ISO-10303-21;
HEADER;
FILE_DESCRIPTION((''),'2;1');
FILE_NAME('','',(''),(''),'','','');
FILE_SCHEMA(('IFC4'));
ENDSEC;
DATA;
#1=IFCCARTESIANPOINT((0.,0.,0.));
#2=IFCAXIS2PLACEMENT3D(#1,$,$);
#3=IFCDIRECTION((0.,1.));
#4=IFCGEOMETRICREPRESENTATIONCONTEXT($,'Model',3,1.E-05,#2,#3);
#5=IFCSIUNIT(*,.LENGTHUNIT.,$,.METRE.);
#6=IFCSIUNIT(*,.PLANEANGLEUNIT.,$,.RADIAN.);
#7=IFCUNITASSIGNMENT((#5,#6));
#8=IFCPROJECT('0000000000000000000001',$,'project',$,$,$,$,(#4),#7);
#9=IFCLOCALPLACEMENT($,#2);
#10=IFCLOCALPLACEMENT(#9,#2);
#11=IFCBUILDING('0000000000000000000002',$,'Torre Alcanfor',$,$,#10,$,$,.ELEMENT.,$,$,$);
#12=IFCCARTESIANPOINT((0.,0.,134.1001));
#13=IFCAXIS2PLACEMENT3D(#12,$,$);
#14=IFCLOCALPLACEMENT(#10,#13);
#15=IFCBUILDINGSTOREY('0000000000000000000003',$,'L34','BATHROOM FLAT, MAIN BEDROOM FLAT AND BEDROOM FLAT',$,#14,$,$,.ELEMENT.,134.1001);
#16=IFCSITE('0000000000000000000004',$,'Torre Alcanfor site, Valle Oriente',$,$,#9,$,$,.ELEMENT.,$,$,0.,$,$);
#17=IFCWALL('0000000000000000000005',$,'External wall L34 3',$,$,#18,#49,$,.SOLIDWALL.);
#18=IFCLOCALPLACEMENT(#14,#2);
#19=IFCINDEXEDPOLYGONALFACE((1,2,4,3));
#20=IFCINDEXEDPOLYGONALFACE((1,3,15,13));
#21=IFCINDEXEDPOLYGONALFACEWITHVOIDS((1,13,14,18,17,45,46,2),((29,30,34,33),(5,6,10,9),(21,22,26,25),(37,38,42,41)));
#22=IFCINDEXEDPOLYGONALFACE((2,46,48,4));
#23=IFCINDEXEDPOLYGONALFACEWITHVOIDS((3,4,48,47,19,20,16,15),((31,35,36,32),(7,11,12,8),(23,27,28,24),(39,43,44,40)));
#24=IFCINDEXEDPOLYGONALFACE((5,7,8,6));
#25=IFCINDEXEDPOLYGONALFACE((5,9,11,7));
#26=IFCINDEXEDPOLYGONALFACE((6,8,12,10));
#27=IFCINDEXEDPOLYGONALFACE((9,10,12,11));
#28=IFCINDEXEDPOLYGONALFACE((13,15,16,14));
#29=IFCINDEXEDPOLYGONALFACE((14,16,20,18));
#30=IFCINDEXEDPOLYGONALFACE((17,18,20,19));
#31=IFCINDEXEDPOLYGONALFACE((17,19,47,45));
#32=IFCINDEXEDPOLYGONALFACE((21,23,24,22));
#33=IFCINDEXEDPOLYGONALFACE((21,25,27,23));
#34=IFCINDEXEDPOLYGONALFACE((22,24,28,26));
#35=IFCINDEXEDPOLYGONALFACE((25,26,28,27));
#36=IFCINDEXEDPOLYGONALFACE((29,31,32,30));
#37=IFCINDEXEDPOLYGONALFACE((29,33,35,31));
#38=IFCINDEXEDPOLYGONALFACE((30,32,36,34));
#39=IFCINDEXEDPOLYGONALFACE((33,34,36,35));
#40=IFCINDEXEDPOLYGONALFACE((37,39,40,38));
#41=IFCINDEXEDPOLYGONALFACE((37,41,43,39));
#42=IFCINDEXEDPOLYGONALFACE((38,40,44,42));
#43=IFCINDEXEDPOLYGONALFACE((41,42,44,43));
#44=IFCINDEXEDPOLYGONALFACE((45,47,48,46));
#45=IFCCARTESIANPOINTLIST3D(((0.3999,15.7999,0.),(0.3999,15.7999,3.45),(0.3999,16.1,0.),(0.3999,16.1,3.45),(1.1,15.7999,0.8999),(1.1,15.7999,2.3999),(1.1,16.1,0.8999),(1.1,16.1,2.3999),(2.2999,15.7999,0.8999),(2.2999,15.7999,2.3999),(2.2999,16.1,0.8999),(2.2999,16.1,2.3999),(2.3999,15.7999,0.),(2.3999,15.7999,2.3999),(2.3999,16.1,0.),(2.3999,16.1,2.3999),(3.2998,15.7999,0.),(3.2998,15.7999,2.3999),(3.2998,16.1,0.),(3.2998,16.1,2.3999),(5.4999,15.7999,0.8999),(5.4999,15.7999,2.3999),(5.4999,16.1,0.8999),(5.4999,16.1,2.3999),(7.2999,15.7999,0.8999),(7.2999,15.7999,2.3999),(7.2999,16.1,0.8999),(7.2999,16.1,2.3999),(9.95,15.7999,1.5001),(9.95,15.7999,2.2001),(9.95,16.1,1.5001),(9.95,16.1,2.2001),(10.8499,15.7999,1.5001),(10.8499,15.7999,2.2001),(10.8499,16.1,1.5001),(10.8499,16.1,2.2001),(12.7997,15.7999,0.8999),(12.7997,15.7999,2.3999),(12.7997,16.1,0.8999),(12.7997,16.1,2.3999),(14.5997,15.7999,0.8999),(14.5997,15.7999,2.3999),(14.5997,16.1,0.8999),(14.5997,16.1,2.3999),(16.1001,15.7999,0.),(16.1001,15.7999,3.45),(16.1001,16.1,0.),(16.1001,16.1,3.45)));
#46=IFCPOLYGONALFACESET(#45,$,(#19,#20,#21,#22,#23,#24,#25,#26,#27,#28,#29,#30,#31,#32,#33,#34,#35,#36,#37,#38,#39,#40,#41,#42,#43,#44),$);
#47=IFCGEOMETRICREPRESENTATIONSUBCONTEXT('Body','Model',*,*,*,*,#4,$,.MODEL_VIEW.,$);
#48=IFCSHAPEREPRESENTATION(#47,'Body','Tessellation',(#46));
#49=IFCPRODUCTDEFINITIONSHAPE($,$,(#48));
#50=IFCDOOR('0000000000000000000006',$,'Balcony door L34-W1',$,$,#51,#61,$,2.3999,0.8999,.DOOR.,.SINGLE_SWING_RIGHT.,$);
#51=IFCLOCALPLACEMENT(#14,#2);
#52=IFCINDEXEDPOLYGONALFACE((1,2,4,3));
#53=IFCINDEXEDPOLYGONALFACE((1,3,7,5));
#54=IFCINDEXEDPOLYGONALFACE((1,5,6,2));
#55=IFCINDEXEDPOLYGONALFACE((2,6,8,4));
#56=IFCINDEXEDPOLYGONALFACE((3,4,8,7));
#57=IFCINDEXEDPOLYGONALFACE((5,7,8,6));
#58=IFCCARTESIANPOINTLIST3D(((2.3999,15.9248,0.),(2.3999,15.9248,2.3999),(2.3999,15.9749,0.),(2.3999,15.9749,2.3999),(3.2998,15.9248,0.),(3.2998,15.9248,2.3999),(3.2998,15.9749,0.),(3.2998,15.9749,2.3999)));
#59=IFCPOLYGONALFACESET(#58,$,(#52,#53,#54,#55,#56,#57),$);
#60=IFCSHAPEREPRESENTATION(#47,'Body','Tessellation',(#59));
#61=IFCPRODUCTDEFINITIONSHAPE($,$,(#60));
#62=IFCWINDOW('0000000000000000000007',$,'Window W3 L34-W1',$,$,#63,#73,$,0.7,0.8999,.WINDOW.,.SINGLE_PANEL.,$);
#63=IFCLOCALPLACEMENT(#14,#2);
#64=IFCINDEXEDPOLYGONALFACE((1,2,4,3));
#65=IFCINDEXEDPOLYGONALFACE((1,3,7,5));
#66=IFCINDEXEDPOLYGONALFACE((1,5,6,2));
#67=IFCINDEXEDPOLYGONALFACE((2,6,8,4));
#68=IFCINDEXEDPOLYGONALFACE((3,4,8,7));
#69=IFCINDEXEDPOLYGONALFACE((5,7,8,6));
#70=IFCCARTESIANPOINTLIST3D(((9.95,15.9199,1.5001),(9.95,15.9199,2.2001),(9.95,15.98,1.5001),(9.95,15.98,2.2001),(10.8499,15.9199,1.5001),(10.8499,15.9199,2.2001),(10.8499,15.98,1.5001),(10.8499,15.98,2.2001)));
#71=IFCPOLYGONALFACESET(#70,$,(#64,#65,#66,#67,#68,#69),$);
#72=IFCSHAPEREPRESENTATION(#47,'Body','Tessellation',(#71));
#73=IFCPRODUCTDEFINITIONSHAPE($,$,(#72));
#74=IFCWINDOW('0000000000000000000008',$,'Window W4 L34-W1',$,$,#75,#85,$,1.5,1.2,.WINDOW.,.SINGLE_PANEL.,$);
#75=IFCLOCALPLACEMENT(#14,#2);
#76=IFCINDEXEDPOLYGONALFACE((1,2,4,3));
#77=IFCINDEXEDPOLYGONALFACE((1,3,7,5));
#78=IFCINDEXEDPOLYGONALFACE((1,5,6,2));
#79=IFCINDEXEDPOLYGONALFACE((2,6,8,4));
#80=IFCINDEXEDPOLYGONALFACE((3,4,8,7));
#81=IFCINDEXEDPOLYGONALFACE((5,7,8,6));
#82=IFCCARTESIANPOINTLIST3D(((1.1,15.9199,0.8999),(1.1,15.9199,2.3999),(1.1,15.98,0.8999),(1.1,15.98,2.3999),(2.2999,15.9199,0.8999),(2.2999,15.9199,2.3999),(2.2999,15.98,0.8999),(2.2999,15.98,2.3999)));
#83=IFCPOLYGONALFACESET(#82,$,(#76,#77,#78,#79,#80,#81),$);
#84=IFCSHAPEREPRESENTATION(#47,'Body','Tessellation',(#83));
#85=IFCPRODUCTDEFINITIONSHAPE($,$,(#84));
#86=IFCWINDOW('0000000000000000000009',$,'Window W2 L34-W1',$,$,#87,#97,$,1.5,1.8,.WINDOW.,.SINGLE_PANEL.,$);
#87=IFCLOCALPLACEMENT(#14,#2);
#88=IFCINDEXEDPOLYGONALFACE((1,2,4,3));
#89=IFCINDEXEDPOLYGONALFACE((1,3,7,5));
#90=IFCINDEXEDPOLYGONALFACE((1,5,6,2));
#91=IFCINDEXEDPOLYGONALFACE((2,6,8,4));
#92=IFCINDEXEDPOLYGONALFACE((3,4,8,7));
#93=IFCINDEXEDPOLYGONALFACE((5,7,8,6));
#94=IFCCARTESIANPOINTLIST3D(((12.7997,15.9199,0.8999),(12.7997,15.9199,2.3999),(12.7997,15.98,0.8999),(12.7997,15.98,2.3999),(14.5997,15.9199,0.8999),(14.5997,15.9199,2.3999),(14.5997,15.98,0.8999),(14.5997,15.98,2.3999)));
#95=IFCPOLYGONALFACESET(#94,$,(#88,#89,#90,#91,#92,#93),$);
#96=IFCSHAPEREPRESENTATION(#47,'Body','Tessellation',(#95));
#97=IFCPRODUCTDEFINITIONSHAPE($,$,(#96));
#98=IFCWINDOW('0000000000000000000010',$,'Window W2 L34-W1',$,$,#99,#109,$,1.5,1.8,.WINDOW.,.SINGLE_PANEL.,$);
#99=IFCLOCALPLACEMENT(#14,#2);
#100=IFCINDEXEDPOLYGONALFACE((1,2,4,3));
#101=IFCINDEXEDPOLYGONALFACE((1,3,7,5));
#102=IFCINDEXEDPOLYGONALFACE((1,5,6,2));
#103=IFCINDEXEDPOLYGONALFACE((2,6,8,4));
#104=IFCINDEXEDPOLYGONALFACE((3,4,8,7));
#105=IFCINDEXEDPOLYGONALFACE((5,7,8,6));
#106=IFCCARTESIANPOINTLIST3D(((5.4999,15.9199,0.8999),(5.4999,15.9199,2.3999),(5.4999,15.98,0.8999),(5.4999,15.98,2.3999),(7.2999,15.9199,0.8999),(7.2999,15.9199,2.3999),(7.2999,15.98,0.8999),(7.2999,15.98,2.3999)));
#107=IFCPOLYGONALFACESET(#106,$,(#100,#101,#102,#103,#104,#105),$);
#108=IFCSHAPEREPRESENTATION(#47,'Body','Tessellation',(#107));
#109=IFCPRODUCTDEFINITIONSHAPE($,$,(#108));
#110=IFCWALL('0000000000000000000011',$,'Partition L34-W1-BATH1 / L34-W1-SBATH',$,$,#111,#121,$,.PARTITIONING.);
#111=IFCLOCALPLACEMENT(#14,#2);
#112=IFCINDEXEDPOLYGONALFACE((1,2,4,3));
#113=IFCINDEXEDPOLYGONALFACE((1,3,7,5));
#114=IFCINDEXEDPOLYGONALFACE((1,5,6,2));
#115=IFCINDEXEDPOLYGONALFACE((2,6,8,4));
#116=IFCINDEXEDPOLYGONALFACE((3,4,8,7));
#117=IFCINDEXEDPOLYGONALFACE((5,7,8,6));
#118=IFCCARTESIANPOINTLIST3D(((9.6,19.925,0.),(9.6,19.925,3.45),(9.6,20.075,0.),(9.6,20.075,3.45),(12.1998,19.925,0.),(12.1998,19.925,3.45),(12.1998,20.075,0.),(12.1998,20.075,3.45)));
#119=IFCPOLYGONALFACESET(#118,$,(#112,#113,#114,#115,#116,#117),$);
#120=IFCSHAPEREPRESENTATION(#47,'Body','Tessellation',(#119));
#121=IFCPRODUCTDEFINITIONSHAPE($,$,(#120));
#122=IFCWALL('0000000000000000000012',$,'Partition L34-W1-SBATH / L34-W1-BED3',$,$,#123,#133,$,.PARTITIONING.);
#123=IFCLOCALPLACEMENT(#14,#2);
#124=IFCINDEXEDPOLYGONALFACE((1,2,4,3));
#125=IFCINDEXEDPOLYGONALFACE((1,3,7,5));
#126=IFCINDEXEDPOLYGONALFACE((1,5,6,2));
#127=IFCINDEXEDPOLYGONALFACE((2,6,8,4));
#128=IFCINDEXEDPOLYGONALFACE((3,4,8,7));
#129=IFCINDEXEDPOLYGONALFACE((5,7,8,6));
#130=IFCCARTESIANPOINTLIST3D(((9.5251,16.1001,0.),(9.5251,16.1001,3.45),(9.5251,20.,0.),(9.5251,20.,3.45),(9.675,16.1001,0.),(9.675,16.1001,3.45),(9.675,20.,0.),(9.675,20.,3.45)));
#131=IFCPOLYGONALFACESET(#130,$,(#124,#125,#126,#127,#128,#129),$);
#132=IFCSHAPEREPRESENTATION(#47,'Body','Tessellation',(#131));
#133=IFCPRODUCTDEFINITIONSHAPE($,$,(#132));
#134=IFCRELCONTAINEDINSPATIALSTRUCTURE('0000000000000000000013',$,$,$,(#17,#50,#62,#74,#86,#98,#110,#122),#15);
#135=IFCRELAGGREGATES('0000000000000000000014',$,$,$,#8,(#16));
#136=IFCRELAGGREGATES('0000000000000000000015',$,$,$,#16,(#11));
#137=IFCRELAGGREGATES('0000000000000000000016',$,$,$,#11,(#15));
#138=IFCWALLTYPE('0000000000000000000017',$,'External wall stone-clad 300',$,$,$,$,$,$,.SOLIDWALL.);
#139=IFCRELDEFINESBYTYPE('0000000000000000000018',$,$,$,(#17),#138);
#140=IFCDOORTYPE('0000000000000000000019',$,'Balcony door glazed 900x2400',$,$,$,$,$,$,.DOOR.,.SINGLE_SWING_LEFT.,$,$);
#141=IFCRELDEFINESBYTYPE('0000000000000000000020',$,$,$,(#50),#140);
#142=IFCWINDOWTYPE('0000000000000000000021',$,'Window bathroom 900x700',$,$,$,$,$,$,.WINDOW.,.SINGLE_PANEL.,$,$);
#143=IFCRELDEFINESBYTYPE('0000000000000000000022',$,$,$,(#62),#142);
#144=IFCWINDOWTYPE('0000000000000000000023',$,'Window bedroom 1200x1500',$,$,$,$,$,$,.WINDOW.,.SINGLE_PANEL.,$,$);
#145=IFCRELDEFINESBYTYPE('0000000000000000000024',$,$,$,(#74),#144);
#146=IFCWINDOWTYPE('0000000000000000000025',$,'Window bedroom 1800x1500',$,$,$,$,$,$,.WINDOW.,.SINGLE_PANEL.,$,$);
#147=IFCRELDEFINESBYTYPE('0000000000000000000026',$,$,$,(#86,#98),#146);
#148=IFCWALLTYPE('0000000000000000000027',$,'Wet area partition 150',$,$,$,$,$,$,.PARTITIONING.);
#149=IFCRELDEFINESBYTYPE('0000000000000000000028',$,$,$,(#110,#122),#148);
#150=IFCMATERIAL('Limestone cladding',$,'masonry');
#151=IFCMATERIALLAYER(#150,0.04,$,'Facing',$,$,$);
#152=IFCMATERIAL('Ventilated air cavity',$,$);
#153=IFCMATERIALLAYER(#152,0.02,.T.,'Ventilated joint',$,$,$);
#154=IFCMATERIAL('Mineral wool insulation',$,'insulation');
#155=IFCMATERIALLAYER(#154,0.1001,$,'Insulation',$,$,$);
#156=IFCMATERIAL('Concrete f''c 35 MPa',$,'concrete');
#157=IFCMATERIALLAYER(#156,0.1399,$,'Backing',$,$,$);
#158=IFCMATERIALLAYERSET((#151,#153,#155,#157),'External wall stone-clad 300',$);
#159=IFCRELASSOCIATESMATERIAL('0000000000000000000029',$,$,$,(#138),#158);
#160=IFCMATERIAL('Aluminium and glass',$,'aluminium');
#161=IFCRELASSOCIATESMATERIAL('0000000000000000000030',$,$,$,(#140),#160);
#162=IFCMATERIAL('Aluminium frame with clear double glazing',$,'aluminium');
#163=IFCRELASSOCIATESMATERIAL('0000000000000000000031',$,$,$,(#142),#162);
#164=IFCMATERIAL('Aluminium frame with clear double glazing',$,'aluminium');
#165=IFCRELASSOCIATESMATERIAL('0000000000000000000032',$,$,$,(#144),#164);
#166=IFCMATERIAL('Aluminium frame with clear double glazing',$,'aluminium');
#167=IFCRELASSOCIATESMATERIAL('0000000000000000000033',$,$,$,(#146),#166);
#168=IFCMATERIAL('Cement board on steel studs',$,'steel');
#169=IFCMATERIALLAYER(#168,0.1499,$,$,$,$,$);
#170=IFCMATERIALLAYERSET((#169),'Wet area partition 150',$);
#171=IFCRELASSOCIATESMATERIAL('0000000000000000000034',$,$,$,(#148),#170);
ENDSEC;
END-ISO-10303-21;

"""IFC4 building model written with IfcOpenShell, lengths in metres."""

from ifc_helpers import new_model, si_unit, direction, frame, frame_2d, origin, place, context, subcontext, project, spatial, rectangle, extrude, material, layer, layer_set, type_object, element, fill, save


model = new_model("IFC4")

# Units and contexts
model_context = context("Model", 3, precision=1e-05, world=origin(), true_north=direction((0.0, 1.0)))
body_context = subcontext(model_context, "Body", "Model", "MODEL_VIEW")
ifc_project = project(units=[si_unit("LENGTHUNIT", "METRE"), si_unit("PLANEANGLEUNIT", "RADIAN")], contexts=[model_context])

# Site, building, storey
site_placement = place(None, origin())
site = spatial("IfcSite", under=ifc_project, at=site_placement, Name="Torre Alcanfor site, Valle Oriente", CompositionType="ELEMENT", RefElevation=0.0)
building_placement = place(site_placement, origin())
building = spatial("IfcBuilding", under=site, at=building_placement, Name="Torre Alcanfor", CompositionType="ELEMENT")
storey_placement = place(building_placement, frame((0.0, 0.0, 134.1001)))
storey = spatial("IfcBuildingStorey", under=building, at=storey_placement, Name="L34", Description="BATHROOM FLAT, MAIN BEDROOM FLAT AND BEDROOM FLAT", CompositionType="ELEMENT", Elevation=134.1001)

# Wall, openings, door, windows
ifc_material_1 = material(Name="Limestone cladding", Category="masonry")
ifc_layer_1 = layer(ifc_material_1, 0.04, Name="Facing")
ifc_material_2 = material(Name="Ventilated air cavity")
ifc_layer_2 = layer(ifc_material_2, 0.02, ventilated=True, Name="Ventilated joint")
ifc_material_3 = material(Name="Mineral wool insulation", Category="insulation")
ifc_layer_3 = layer(ifc_material_3, 0.1001, Name="Insulation")
ifc_material_4 = material(Name="Concrete f'c 35 MPa", Category="concrete")
ifc_layer_4 = layer(ifc_material_4, 0.1399, Name="Backing")
ifc_layer_set_1 = layer_set([ifc_layer_1, ifc_layer_2, ifc_layer_3, ifc_layer_4], Name="External wall stone-clad 300")
wall_type_1 = type_object("IfcWallType", Name="External wall stone-clad 300", PredefinedType="SOLIDWALL", material=ifc_layer_set_1)
wall_1_placement = place(storey_placement, frame((0.3999, 15.95, 0.0), z_axis=(0.0, 0.0, 1.0), x_axis=(1.0, 0.0, 0.0)))
wall_1 = element("IfcWall", 1, at=wall_1_placement, inside=storey, type_object=wall_type_1, Name="External wall L34 3", PredefinedType="SOLIDWALL", context=body_context, shape_type="SweptSolid", body=[
    extrude(rectangle(XDim=15.7002, YDim=0.3, at=frame_2d((7.8501, 0.0))), origin(), (0.0, 0.0, 1.0), 3.45),
])
opening_1_placement = place(wall_1_placement, frame((12.3999, 0.0, 0.8999)))
opening_1 = element("IfcOpeningElement", 2, at=opening_1_placement, cuts=wall_1, PredefinedType="OPENING", context=body_context, shape_type="SweptSolid", body=[
    extrude(rectangle(XDim=1.8, YDim=1.5, at=frame_2d((0.8999, 0.75))), frame((0.0, 0.1599, 0.0), z_axis=(0.0, -1.0, 0.0), x_axis=(1.0, 0.0, 0.0)), (0.0, 0.0, 1.0), 0.3201),
])
opening_2_placement = place(wall_1_placement, frame((9.55, 0.0, 1.5)))
opening_2 = element("IfcOpeningElement", 3, at=opening_2_placement, cuts=wall_1, PredefinedType="OPENING", context=body_context, shape_type="SweptSolid", body=[
    extrude(rectangle(XDim=0.8999, YDim=0.7, at=frame_2d((0.45, 0.3501))), frame((0.0, 0.1599, 0.0), z_axis=(0.0, -1.0, 0.0), x_axis=(1.0, 0.0, 0.0)), (0.0, 0.0, 1.0), 0.3201),
])
opening_3_placement = place(wall_1_placement, frame((5.1001, 0.0, 0.8999)))
opening_3 = element("IfcOpeningElement", 4, at=opening_3_placement, cuts=wall_1, PredefinedType="OPENING", context=body_context, shape_type="SweptSolid", body=[
    extrude(rectangle(XDim=1.8, YDim=1.5, at=frame_2d((0.8999, 0.75))), frame((0.0, 0.1599, 0.0), z_axis=(0.0, -1.0, 0.0), x_axis=(1.0, 0.0, 0.0)), (0.0, 0.0, 1.0), 0.3201),
])
opening_4_placement = place(wall_1_placement, frame((2.0, 0.0, 0.0)))
opening_4 = element("IfcOpeningElement", 5, at=opening_4_placement, cuts=wall_1, PredefinedType="OPENING", context=body_context, shape_type="SweptSolid", body=[
    extrude(rectangle(XDim=0.8999, YDim=2.3999, at=frame_2d((0.45, 1.2))), frame((0.0, 0.1599, 0.0), z_axis=(0.0, -1.0, 0.0), x_axis=(1.0, 0.0, 0.0)), (0.0, 0.0, 1.0), 0.3201),
])
opening_5_placement = place(wall_1_placement, frame((0.7, 0.0, 0.8999)))
opening_5 = element("IfcOpeningElement", 6, at=opening_5_placement, cuts=wall_1, PredefinedType="OPENING", context=body_context, shape_type="SweptSolid", body=[
    extrude(rectangle(XDim=1.2, YDim=1.5, at=frame_2d((0.6001, 0.75))), frame((0.0, 0.1599, 0.0), z_axis=(0.0, -1.0, 0.0), x_axis=(1.0, 0.0, 0.0)), (0.0, 0.0, 1.0), 0.3201),
])
ifc_material_5 = material(Name="Aluminium and glass", Category="aluminium")
door_type = type_object("IfcDoorType", Name="Balcony door glazed 900x2400", OperationType="SINGLE_SWING_LEFT", PredefinedType="DOOR", material=ifc_material_5)
door_placement = place(opening_4_placement, origin())
door = element("IfcDoor", 7, at=door_placement, inside=storey, type_object=door_type, Name="Balcony door L34-W1", OperationType="SINGLE_SWING_RIGHT", OverallHeight=2.3999, OverallWidth=0.8999, PredefinedType="DOOR", context=body_context, shape_type="SweptSolid", body=[
    extrude(rectangle(XDim=0.8999, YDim=2.3999, at=frame_2d((0.45, 1.2))), frame((0.0, 0.0249, 0.0), z_axis=(0.0, -1.0, 0.0), x_axis=(1.0, 0.0, 0.0)), (0.0, 0.0, 1.0), 0.05),
])
fill(opening_4, door)
ifc_material_6 = material(Name="Aluminium frame with clear double glazing", Category="aluminium")
window_type_1 = type_object("IfcWindowType", Name="Window bathroom 900x700", PartitioningType="SINGLE_PANEL", PredefinedType="WINDOW", material=ifc_material_6)
window_1_placement = place(opening_2_placement, origin())
window_1 = element("IfcWindow", 8, at=window_1_placement, inside=storey, type_object=window_type_1, Name="Window W3 L34-W1", OverallHeight=0.7, OverallWidth=0.8999, PartitioningType="SINGLE_PANEL", PredefinedType="WINDOW", context=body_context, shape_type="SweptSolid", body=[
    extrude(rectangle(XDim=0.8999, YDim=0.7, at=frame_2d((0.45, 0.3501))), frame((0.0, 0.03, 0.0), z_axis=(0.0, -1.0, 0.0), x_axis=(1.0, 0.0, 0.0)), (0.0, 0.0, 1.0), 0.0601),
])
fill(opening_2, window_1)
ifc_material_7 = material(Name="Aluminium frame with clear double glazing", Category="aluminium")
window_type_2 = type_object("IfcWindowType", Name="Window bedroom 1200x1500", PartitioningType="SINGLE_PANEL", PredefinedType="WINDOW", material=ifc_material_7)
window_2_placement = place(opening_5_placement, origin())
window_2 = element("IfcWindow", 9, at=window_2_placement, inside=storey, type_object=window_type_2, Name="Window W4 L34-W1", OverallHeight=1.5, OverallWidth=1.2, PartitioningType="SINGLE_PANEL", PredefinedType="WINDOW", context=body_context, shape_type="SweptSolid", body=[
    extrude(rectangle(XDim=1.2, YDim=1.5, at=frame_2d((0.6001, 0.75))), frame((0.0, 0.03, 0.0), z_axis=(0.0, -1.0, 0.0), x_axis=(1.0, 0.0, 0.0)), (0.0, 0.0, 1.0), 0.0601),
])
fill(opening_5, window_2)
ifc_material_8 = material(Name="Aluminium frame with clear double glazing", Category="aluminium")
window_type_3 = type_object("IfcWindowType", Name="Window bedroom 1800x1500", PartitioningType="SINGLE_PANEL", PredefinedType="WINDOW", material=ifc_material_8)
window_3_placement = place(opening_1_placement, origin())
window_3 = element("IfcWindow", 10, at=window_3_placement, inside=storey, type_object=window_type_3, Name="Window W2 L34-W1", OverallHeight=1.5, OverallWidth=1.8, PartitioningType="SINGLE_PANEL", PredefinedType="WINDOW", context=body_context, shape_type="SweptSolid", body=[
    extrude(rectangle(XDim=1.8, YDim=1.5, at=frame_2d((0.8999, 0.75))), frame((0.0, 0.03, 0.0), z_axis=(0.0, -1.0, 0.0), x_axis=(1.0, 0.0, 0.0)), (0.0, 0.0, 1.0), 0.0601),
])
fill(opening_1, window_3)
window_4_placement = place(opening_3_placement, origin())
window_4 = element("IfcWindow", 11, at=window_4_placement, inside=storey, type_object=window_type_3, Name="Window W2 L34-W1", OverallHeight=1.5, OverallWidth=1.8, PartitioningType="SINGLE_PANEL", PredefinedType="WINDOW", context=body_context, shape_type="SweptSolid", body=[
    extrude(rectangle(XDim=1.8, YDim=1.5, at=frame_2d((0.8999, 0.75))), frame((0.0, 0.03, 0.0), z_axis=(0.0, -1.0, 0.0), x_axis=(1.0, 0.0, 0.0)), (0.0, 0.0, 1.0), 0.0601),
])
fill(opening_3, window_4)

# Walls
ifc_material_9 = material(Name="Cement board on steel studs", Category="steel")
ifc_layer_5 = layer(ifc_material_9, 0.1499)
ifc_layer_set_2 = layer_set([ifc_layer_5], Name="Wet area partition 150")
wall_type_2 = type_object("IfcWallType", Name="Wet area partition 150", PredefinedType="PARTITIONING", material=ifc_layer_set_2)
wall_2_placement = place(storey_placement, frame((9.6001, 20.0, 0.0), z_axis=(0.0, 0.0, 1.0), x_axis=(1.0, 0.0, 0.0)))
element("IfcWall", 12, at=wall_2_placement, inside=storey, type_object=wall_type_2, Name="Partition L34-W1-BATH1 / L34-W1-SBATH", PredefinedType="PARTITIONING", context=body_context, shape_type="SweptSolid", body=[
    extrude(rectangle(XDim=2.5999, YDim=0.1499, at=frame_2d((1.2998, 0.0))), origin(), (0.0, 0.0, 1.0), 3.45),
])
wall_3_placement = place(storey_placement, frame((9.6001, 20.0, 0.0), z_axis=(0.0, 0.0, 1.0), x_axis=(0.0, -1.0, 0.0)))
element("IfcWall", 13, at=wall_3_placement, inside=storey, type_object=wall_type_2, Name="Partition L34-W1-SBATH / L34-W1-BED3", PredefinedType="PARTITIONING", context=body_context, shape_type="SweptSolid", body=[
    extrude(rectangle(XDim=3.8999, YDim=0.1499, at=frame_2d((1.95, 0.0))), origin(), (0.0, 0.0, 1.0), 3.45),
])

save(model, "model.ifc")
